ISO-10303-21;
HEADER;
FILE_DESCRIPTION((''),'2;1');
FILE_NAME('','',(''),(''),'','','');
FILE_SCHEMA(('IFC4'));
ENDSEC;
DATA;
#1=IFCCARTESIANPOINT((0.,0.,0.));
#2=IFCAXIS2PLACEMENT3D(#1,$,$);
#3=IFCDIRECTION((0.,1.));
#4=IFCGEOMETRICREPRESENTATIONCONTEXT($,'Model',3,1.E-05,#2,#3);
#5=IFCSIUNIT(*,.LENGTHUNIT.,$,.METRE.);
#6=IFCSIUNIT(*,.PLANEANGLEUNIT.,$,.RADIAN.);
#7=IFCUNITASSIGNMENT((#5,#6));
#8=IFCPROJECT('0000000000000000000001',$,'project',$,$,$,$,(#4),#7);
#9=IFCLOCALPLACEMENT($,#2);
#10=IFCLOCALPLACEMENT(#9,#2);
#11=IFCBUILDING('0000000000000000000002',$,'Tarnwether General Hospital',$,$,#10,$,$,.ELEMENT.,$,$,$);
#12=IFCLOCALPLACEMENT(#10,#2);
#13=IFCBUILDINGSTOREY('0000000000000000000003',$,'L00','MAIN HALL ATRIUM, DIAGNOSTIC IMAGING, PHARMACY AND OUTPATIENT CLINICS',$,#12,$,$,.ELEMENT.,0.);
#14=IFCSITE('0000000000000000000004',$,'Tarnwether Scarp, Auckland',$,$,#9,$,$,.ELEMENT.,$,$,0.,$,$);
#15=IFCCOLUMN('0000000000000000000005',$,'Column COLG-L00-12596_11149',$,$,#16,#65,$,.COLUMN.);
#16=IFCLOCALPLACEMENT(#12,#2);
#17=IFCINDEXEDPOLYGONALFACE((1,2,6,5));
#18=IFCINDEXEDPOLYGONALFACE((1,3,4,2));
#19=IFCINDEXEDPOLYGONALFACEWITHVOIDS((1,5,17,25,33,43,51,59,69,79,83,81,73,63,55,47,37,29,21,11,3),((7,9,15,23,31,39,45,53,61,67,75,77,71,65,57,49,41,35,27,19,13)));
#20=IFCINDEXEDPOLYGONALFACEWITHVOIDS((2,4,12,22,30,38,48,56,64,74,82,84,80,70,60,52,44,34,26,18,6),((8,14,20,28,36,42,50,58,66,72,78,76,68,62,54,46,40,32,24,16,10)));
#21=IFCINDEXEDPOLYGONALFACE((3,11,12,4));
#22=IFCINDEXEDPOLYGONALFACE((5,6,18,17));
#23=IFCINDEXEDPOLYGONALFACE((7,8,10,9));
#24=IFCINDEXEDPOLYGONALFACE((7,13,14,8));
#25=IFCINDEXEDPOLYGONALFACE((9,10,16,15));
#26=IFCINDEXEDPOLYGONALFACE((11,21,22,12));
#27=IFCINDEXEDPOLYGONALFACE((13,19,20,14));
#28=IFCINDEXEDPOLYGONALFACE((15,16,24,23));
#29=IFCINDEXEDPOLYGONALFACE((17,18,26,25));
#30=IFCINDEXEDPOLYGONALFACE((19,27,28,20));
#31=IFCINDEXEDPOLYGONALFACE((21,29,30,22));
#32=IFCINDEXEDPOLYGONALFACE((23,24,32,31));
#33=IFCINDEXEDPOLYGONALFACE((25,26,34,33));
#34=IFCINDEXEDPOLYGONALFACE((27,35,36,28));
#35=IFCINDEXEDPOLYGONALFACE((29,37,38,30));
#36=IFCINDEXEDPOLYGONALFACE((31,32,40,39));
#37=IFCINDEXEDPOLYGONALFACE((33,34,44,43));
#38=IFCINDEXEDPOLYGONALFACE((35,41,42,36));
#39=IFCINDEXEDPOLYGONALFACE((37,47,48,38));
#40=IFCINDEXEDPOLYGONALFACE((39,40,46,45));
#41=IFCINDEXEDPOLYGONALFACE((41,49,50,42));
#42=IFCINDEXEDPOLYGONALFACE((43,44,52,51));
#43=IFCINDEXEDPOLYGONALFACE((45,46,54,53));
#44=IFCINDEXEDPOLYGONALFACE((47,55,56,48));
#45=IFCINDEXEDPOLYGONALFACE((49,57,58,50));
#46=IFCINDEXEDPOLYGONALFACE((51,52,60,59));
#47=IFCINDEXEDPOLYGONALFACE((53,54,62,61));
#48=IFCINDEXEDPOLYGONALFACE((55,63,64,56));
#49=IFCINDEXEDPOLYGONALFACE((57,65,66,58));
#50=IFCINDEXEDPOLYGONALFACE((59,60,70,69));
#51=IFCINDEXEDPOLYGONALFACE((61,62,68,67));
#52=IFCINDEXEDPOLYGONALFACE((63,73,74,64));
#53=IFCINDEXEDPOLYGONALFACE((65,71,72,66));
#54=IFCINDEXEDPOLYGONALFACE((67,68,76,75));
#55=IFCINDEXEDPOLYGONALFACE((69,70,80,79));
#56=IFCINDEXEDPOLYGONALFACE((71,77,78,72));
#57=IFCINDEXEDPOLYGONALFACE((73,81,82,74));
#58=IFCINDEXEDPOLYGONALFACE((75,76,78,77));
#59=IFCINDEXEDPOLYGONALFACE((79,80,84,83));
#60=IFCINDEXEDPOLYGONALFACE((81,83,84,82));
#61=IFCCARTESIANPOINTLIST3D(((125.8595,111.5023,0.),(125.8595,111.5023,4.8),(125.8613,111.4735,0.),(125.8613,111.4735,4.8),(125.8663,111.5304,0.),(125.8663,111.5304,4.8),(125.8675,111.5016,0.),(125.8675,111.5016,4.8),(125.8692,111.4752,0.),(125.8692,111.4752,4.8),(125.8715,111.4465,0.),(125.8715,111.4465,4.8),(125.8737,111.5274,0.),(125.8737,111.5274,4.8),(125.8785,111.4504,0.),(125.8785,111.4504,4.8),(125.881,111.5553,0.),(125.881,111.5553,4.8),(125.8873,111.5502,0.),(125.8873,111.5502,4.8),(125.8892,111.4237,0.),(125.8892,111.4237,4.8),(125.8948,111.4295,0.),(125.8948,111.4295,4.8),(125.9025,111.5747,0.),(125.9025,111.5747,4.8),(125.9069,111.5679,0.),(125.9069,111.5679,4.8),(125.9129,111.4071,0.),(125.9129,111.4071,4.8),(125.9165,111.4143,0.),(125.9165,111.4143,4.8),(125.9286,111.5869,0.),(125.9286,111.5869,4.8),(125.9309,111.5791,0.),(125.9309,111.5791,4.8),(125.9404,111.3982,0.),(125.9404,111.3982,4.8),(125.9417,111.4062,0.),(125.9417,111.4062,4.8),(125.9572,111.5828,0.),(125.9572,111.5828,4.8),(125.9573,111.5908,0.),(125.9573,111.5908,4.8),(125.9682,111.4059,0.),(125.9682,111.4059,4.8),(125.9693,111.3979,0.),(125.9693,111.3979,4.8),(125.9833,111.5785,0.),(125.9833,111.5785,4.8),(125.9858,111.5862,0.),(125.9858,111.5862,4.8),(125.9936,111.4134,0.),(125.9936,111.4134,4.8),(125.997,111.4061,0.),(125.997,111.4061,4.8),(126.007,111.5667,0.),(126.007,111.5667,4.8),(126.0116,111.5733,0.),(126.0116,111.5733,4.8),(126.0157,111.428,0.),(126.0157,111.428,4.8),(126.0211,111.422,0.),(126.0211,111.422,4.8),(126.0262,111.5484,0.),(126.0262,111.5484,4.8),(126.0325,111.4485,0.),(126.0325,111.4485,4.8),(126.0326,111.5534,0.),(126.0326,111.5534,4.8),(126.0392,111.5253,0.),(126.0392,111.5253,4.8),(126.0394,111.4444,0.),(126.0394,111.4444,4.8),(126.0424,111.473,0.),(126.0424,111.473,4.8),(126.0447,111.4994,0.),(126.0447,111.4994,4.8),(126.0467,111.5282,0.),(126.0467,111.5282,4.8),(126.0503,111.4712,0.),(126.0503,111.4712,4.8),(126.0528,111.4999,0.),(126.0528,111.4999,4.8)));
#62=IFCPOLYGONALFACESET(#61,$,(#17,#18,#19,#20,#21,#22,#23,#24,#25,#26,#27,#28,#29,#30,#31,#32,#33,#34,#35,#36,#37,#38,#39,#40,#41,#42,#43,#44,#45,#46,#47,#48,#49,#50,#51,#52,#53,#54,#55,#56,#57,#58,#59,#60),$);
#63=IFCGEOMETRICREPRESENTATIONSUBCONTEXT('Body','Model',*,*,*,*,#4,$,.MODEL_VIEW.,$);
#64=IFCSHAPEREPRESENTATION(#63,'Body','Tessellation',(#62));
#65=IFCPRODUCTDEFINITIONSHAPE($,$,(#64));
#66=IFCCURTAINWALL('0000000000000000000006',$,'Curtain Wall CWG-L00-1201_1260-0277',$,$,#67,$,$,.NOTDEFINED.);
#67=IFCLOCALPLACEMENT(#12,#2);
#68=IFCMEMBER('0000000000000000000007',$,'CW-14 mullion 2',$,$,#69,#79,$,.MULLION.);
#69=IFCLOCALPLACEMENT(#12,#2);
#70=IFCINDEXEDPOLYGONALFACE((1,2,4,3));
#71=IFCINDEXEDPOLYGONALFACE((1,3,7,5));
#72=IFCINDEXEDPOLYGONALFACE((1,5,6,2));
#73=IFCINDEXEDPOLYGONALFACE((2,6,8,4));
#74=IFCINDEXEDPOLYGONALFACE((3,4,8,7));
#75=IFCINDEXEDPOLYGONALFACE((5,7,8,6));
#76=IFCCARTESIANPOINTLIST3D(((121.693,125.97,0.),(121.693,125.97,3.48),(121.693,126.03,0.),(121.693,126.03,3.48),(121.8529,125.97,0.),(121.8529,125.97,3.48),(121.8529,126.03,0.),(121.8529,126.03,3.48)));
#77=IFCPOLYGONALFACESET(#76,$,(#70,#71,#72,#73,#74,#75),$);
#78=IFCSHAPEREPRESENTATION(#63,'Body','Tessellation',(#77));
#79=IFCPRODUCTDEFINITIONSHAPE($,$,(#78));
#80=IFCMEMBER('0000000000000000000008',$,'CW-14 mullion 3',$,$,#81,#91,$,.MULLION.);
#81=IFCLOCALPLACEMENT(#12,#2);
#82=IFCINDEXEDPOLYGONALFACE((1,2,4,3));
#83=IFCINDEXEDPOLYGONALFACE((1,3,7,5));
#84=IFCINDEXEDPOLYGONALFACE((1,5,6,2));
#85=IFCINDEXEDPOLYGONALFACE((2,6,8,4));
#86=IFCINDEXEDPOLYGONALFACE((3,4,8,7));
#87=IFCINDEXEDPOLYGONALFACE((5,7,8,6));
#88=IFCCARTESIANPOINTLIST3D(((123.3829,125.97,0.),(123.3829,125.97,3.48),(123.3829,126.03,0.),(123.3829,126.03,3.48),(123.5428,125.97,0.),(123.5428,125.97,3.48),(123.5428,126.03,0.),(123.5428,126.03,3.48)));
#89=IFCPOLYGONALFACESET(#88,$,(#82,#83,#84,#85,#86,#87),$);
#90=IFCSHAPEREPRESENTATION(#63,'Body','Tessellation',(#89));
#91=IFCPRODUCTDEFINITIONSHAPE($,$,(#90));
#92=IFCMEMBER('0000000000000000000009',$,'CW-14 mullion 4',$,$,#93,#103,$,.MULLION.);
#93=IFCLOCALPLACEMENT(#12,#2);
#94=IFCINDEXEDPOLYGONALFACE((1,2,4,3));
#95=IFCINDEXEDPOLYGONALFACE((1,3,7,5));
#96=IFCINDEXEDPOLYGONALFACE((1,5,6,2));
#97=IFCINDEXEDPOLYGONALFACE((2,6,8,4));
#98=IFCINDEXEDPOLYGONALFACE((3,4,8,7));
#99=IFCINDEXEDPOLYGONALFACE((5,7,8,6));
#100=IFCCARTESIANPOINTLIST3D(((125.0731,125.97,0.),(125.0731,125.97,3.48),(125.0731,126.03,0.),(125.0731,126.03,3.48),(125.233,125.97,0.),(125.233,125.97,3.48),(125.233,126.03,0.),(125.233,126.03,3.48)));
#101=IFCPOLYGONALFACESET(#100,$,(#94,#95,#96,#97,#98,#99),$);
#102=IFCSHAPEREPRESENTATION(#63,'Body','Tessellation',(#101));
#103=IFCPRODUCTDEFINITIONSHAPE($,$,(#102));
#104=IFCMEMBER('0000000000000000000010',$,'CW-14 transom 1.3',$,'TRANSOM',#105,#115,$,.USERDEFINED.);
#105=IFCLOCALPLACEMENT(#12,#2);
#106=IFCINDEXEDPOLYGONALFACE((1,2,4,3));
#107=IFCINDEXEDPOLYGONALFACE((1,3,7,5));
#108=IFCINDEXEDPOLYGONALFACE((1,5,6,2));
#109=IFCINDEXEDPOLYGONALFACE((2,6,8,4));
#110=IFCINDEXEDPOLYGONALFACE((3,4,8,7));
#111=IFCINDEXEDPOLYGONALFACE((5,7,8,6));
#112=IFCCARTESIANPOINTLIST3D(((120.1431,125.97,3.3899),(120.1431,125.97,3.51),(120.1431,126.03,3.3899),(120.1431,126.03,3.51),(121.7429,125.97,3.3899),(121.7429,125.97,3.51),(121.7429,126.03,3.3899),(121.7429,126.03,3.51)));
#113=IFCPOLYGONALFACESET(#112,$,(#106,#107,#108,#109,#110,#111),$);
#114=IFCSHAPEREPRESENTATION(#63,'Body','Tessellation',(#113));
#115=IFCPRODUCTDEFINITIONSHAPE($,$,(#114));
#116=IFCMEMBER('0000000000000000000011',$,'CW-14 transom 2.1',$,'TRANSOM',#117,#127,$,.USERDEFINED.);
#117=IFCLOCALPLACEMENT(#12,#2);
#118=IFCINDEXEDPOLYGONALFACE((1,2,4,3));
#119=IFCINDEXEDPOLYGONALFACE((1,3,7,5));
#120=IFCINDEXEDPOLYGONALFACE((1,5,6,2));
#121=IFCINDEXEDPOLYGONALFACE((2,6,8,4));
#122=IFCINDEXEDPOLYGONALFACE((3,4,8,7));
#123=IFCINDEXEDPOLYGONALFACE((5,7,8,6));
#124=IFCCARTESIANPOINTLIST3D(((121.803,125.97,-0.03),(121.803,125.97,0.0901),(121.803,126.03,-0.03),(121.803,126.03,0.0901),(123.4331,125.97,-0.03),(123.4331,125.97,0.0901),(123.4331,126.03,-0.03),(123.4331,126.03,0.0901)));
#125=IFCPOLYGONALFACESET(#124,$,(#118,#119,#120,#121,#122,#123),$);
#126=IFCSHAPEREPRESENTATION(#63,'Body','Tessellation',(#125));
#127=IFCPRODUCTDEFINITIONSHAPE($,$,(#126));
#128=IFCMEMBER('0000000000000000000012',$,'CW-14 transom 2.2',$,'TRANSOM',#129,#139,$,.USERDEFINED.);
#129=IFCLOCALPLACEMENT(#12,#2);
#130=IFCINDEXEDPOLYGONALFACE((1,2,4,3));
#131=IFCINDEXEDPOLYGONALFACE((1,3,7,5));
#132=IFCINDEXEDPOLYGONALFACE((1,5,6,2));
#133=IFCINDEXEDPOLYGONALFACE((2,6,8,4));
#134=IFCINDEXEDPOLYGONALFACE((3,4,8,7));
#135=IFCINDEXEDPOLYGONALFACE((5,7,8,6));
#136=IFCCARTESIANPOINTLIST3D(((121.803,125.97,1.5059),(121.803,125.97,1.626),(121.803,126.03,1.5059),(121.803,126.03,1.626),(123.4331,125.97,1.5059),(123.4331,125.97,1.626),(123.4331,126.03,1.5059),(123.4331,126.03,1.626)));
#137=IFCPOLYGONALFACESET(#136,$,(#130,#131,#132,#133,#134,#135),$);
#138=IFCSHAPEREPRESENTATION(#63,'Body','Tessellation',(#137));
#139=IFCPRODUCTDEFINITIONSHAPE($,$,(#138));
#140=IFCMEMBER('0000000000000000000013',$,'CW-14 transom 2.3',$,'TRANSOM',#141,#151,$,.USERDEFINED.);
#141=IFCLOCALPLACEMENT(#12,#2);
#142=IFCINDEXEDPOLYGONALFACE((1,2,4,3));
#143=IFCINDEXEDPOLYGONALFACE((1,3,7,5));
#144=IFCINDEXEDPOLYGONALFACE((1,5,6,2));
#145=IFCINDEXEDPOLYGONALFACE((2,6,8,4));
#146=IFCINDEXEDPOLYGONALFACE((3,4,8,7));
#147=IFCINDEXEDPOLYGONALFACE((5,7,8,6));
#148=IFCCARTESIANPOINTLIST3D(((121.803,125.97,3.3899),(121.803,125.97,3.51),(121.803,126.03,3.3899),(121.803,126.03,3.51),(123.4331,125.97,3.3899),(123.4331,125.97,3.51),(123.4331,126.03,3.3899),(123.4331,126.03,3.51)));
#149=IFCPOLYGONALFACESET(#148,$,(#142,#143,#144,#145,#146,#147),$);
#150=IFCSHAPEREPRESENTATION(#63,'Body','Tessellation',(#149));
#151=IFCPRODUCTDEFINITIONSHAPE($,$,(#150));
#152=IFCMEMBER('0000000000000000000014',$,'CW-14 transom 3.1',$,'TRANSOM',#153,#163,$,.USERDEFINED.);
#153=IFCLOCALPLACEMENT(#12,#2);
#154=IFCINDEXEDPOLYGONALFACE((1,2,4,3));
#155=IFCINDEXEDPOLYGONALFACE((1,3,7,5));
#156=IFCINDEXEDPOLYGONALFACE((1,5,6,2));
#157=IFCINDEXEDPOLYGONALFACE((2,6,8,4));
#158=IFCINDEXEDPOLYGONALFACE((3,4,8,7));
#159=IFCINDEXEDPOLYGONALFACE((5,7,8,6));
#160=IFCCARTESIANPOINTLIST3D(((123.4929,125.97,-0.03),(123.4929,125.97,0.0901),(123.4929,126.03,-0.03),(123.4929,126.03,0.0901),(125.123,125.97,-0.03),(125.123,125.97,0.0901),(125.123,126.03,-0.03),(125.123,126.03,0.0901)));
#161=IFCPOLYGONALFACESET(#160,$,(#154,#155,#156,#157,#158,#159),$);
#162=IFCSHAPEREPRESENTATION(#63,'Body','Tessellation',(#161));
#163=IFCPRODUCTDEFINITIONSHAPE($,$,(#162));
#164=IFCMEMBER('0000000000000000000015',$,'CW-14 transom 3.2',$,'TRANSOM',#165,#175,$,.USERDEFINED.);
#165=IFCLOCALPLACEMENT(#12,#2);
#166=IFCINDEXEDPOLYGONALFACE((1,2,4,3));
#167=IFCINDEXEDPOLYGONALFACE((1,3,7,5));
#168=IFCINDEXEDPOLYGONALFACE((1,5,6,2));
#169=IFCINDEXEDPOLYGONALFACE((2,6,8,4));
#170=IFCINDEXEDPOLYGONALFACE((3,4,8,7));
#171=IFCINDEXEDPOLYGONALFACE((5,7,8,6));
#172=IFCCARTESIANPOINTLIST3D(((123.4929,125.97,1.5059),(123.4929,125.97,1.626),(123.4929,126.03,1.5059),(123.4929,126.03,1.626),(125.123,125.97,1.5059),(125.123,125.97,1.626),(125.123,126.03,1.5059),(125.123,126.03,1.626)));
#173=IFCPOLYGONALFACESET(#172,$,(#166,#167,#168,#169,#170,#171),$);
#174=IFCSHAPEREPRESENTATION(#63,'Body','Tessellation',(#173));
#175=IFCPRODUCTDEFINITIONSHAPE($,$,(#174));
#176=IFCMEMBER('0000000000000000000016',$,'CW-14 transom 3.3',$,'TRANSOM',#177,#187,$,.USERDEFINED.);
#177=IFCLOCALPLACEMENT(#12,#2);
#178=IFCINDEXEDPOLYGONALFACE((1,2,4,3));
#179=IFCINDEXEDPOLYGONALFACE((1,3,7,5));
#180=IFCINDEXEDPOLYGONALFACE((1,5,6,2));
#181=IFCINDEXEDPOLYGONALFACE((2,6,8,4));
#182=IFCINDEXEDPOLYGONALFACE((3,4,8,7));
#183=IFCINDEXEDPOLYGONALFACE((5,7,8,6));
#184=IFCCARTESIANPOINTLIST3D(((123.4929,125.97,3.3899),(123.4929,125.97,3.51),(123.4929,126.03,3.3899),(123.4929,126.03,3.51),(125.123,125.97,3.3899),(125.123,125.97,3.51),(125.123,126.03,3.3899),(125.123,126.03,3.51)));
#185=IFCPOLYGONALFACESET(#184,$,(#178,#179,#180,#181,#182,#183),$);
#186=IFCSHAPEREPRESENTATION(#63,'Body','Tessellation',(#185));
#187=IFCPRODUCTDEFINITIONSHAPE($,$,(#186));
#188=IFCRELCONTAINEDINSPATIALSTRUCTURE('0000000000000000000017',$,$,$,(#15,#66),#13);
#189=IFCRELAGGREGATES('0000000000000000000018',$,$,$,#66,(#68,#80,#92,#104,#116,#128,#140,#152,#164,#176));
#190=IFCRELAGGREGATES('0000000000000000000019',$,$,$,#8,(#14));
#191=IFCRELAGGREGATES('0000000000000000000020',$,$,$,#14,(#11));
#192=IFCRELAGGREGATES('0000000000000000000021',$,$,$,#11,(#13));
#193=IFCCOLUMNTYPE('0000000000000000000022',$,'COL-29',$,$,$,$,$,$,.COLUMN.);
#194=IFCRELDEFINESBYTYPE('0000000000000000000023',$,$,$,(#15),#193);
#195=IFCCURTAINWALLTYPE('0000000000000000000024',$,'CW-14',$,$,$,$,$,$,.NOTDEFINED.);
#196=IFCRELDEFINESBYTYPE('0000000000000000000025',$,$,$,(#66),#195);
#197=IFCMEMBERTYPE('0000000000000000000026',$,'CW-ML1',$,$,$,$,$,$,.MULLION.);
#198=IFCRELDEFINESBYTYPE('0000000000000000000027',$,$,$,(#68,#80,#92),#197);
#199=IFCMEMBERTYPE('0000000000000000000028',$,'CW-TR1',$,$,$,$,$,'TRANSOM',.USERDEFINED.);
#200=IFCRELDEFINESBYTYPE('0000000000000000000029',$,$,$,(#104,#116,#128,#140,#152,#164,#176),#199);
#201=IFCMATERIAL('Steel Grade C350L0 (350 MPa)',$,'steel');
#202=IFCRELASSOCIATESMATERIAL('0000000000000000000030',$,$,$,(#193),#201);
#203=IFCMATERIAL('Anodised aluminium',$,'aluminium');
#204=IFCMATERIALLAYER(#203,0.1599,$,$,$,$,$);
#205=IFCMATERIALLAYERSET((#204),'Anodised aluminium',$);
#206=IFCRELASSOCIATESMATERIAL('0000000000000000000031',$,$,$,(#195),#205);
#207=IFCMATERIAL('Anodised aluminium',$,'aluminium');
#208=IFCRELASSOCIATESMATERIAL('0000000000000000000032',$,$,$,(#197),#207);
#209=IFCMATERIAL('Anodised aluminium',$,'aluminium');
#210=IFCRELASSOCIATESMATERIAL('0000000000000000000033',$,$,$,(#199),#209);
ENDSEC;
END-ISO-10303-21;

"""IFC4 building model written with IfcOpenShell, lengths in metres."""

from ifc_helpers import new_model, si_unit, direction, frame, origin, origin_2d, place, context, subcontext, project, spatial, rectangle, hollow_circle, extrude, material, layer, layer_set, material_profile, profile_set, type_object, element, aggregate, save


model = new_model("IFC4")

# Units and contexts
model_context = context("Model", 3, precision=1e-05, world=origin(), true_north=direction((0.0, 1.0)))
body_context = subcontext(model_context, "Body", "Model", "MODEL_VIEW")
ifc_project = project(units=[si_unit("LENGTHUNIT", "METRE"), si_unit("PLANEANGLEUNIT", "RADIAN")], contexts=[model_context])

# Site, building, storey
site_placement = place(None, origin())
site = spatial("IfcSite", under=ifc_project, at=site_placement, Name="Tarnwether Scarp, Auckland", CompositionType="ELEMENT", RefElevation=0.0)
building_placement = place(site_placement, origin())
building = spatial("IfcBuilding", under=site, at=building_placement, Name="Tarnwether General Hospital", CompositionType="ELEMENT")
storey_placement = place(building_placement, origin())
storey = spatial("IfcBuildingStorey", under=building, at=storey_placement, Name="L00", Description="MAIN HALL ATRIUM, DIAGNOSTIC IMAGING, PHARMACY AND OUTPATIENT CLINICS", CompositionType="ELEMENT", Elevation=0.0)

# Column
ifc_material_1 = material(Name="Steel Grade C350L0 (350 MPa)", Category="steel")
ifc_material_profile_1 = material_profile(ifc_material_1, hollow_circle(Radius=0.0969, WallThickness=0.0081, at=origin_2d()), Name="CHS193.7x8.0")
ifc_profile_set_1 = profile_set([ifc_material_profile_1], Name="Steel Grade C350L0 (350 MPa)")
column_type = type_object("IfcColumnType", Name="COL-29", PredefinedType="COLUMN", material=ifc_profile_set_1)
column_placement = place(storey_placement, frame((125.9561, 111.4939, 0.0), z_axis=(0.0, 0.0, 1.0), x_axis=(0.573576, 0.819152, 0.0)))
element("IfcColumn", 1, at=column_placement, inside=storey, type_object=column_type, Name="Column COLG-L00-12596_11149", PredefinedType="COLUMN", context=body_context, shape_type="SweptSolid", body=[
    extrude(hollow_circle(Radius=0.0969, WallThickness=0.0081, at=origin_2d()), origin(), (0.0, 0.0, 1.0), 4.8),
])

# Curtain wall, members
ifc_material_2 = material(Name="Anodised aluminium", Category="aluminium")
ifc_layer_1 = layer(ifc_material_2, 0.1599)
ifc_layer_set_1 = layer_set([ifc_layer_1], Name="Anodised aluminium")
curtain_wall_type = type_object("IfcCurtainWallType", Name="CW-14", PredefinedType="NOTDEFINED", material=ifc_layer_set_1)
curtain_wall_placement = place(storey_placement, origin())
curtain_wall = element("IfcCurtainWall", 2, at=curtain_wall_placement, inside=storey, type_object=curtain_wall_type, Name="Curtain Wall CWG-L00-1201_1260-0277", PredefinedType="NOTDEFINED")
ifc_material_3 = material(Name="Anodised aluminium", Category="aluminium")
ifc_material_profile_2 = material_profile(ifc_material_3, rectangle(XDim=0.0601, YDim=0.1599, at=origin_2d()), Name="ALU-MUL-60x160")
ifc_profile_set_2 = profile_set([ifc_material_profile_2], Name="Anodised aluminium")
member_type_1 = type_object("IfcMemberType", Name="CW-ML1", PredefinedType="MULLION", material=ifc_profile_set_2)
member_1_placement = place(storey_placement, frame((121.7729, 126.0, 0.0), z_axis=(0.0, 0.0, 1.0), x_axis=(0.0, 1.0, 0.0)))
member_1 = element("IfcMember", 3, at=member_1_placement, type_object=member_type_1, Name="CW-14 mullion 2", PredefinedType="MULLION", context=body_context, shape_type="SweptSolid", body=[
    extrude(rectangle(XDim=0.0601, YDim=0.1599, at=origin_2d()), origin(), (0.0, 0.0, 1.0), 3.48),
])
member_2_placement = place(storey_placement, frame((123.4629, 126.0, 0.0), z_axis=(0.0, 0.0, 1.0), x_axis=(0.0, 1.0, 0.0)))
member_2 = element("IfcMember", 4, at=member_2_placement, type_object=member_type_1, Name="CW-14 mullion 3", PredefinedType="MULLION", context=body_context, shape_type="SweptSolid", body=[
    extrude(rectangle(XDim=0.0601, YDim=0.1599, at=origin_2d()), origin(), (0.0, 0.0, 1.0), 3.48),
])
member_3_placement = place(storey_placement, frame((125.1531, 126.0, 0.0), z_axis=(0.0, 0.0, 1.0), x_axis=(0.0, 1.0, 0.0)))
member_3 = element("IfcMember", 5, at=member_3_placement, type_object=member_type_1, Name="CW-14 mullion 4", PredefinedType="MULLION", context=body_context, shape_type="SweptSolid", body=[
    extrude(rectangle(XDim=0.0601, YDim=0.1599, at=origin_2d()), origin(), (0.0, 0.0, 1.0), 3.48),
])
ifc_material_4 = material(Name="Anodised aluminium", Category="aluminium")
ifc_material_profile_3 = material_profile(ifc_material_4, rectangle(XDim=0.0601, YDim=0.1201, at=origin_2d()), Name="ALU-TRN-60x120")
ifc_profile_set_3 = profile_set([ifc_material_profile_3], Name="Anodised aluminium")
member_type_2 = type_object("IfcMemberType", Name="CW-TR1", ElementType="TRANSOM", PredefinedType="USERDEFINED", material=ifc_profile_set_3)
member_4_placement = place(storey_placement, frame((120.1431, 126.0, 3.45), z_axis=(1.0, 0.0, 0.0), x_axis=(0.0, 1.0, 0.0)))
member_4 = element("IfcMember", 6, at=member_4_placement, type_object=member_type_2, Name="CW-14 transom 1.3", ObjectType="TRANSOM", PredefinedType="USERDEFINED", context=body_context, shape_type="SweptSolid", body=[
    extrude(rectangle(XDim=0.0601, YDim=0.1201, at=origin_2d()), origin(), (0.0, 0.0, 1.0), 1.5999),
])
member_5_placement = place(storey_placement, frame((121.803, 126.0, 0.03), z_axis=(1.0, 0.0, 0.0), x_axis=(0.0, 1.0, 0.0)))
member_5 = element("IfcMember", 7, at=member_5_placement, type_object=member_type_2, Name="CW-14 transom 2.1", ObjectType="TRANSOM", PredefinedType="USERDEFINED", context=body_context, shape_type="SweptSolid", body=[
    extrude(rectangle(XDim=0.0601, YDim=0.1201, at=origin_2d()), origin(), (0.0, 0.0, 1.0), 1.6301),
])
member_6_placement = place(storey_placement, frame((121.803, 126.0, 1.5659), z_axis=(1.0, 0.0, 0.0), x_axis=(0.0, 1.0, 0.0)))
member_6 = element("IfcMember", 8, at=member_6_placement, type_object=member_type_2, Name="CW-14 transom 2.2", ObjectType="TRANSOM", PredefinedType="USERDEFINED", context=body_context, shape_type="SweptSolid", body=[
    extrude(rectangle(XDim=0.0601, YDim=0.1201, at=origin_2d()), origin(), (0.0, 0.0, 1.0), 1.6301),
])
member_7_placement = place(storey_placement, frame((121.803, 126.0, 3.45), z_axis=(1.0, 0.0, 0.0), x_axis=(0.0, 1.0, 0.0)))
member_7 = element("IfcMember", 9, at=member_7_placement, type_object=member_type_2, Name="CW-14 transom 2.3", ObjectType="TRANSOM", PredefinedType="USERDEFINED", context=body_context, shape_type="SweptSolid", body=[
    extrude(rectangle(XDim=0.0601, YDim=0.1201, at=origin_2d()), origin(), (0.0, 0.0, 1.0), 1.6301),
])
member_8_placement = place(storey_placement, frame((123.4929, 126.0, 0.03), z_axis=(1.0, 0.0, 0.0), x_axis=(0.0, 1.0, 0.0)))
member_8 = element("IfcMember", 10, at=member_8_placement, type_object=member_type_2, Name="CW-14 transom 3.1", ObjectType="TRANSOM", PredefinedType="USERDEFINED", context=body_context, shape_type="SweptSolid", body=[
    extrude(rectangle(XDim=0.0601, YDim=0.1201, at=origin_2d()), origin(), (0.0, 0.0, 1.0), 1.6301),
])
member_9_placement = place(storey_placement, frame((123.4929, 126.0, 1.5659), z_axis=(1.0, 0.0, 0.0), x_axis=(0.0, 1.0, 0.0)))
member_9 = element("IfcMember", 11, at=member_9_placement, type_object=member_type_2, Name="CW-14 transom 3.2", ObjectType="TRANSOM", PredefinedType="USERDEFINED", context=body_context, shape_type="SweptSolid", body=[
    extrude(rectangle(XDim=0.0601, YDim=0.1201, at=origin_2d()), origin(), (0.0, 0.0, 1.0), 1.6301),
])
member_10_placement = place(storey_placement, frame((123.4929, 126.0, 3.45), z_axis=(1.0, 0.0, 0.0), x_axis=(0.0, 1.0, 0.0)))
member_10 = element("IfcMember", 12, at=member_10_placement, type_object=member_type_2, Name="CW-14 transom 3.3", ObjectType="TRANSOM", PredefinedType="USERDEFINED", context=body_context, shape_type="SweptSolid", body=[
    extrude(rectangle(XDim=0.0601, YDim=0.1201, at=origin_2d()), origin(), (0.0, 0.0, 1.0), 1.6301),
])
aggregate(curtain_wall, [member_1, member_2, member_3, member_4, member_5, member_6, member_7, member_8, member_9, member_10])

save(model, "model.ifc")
